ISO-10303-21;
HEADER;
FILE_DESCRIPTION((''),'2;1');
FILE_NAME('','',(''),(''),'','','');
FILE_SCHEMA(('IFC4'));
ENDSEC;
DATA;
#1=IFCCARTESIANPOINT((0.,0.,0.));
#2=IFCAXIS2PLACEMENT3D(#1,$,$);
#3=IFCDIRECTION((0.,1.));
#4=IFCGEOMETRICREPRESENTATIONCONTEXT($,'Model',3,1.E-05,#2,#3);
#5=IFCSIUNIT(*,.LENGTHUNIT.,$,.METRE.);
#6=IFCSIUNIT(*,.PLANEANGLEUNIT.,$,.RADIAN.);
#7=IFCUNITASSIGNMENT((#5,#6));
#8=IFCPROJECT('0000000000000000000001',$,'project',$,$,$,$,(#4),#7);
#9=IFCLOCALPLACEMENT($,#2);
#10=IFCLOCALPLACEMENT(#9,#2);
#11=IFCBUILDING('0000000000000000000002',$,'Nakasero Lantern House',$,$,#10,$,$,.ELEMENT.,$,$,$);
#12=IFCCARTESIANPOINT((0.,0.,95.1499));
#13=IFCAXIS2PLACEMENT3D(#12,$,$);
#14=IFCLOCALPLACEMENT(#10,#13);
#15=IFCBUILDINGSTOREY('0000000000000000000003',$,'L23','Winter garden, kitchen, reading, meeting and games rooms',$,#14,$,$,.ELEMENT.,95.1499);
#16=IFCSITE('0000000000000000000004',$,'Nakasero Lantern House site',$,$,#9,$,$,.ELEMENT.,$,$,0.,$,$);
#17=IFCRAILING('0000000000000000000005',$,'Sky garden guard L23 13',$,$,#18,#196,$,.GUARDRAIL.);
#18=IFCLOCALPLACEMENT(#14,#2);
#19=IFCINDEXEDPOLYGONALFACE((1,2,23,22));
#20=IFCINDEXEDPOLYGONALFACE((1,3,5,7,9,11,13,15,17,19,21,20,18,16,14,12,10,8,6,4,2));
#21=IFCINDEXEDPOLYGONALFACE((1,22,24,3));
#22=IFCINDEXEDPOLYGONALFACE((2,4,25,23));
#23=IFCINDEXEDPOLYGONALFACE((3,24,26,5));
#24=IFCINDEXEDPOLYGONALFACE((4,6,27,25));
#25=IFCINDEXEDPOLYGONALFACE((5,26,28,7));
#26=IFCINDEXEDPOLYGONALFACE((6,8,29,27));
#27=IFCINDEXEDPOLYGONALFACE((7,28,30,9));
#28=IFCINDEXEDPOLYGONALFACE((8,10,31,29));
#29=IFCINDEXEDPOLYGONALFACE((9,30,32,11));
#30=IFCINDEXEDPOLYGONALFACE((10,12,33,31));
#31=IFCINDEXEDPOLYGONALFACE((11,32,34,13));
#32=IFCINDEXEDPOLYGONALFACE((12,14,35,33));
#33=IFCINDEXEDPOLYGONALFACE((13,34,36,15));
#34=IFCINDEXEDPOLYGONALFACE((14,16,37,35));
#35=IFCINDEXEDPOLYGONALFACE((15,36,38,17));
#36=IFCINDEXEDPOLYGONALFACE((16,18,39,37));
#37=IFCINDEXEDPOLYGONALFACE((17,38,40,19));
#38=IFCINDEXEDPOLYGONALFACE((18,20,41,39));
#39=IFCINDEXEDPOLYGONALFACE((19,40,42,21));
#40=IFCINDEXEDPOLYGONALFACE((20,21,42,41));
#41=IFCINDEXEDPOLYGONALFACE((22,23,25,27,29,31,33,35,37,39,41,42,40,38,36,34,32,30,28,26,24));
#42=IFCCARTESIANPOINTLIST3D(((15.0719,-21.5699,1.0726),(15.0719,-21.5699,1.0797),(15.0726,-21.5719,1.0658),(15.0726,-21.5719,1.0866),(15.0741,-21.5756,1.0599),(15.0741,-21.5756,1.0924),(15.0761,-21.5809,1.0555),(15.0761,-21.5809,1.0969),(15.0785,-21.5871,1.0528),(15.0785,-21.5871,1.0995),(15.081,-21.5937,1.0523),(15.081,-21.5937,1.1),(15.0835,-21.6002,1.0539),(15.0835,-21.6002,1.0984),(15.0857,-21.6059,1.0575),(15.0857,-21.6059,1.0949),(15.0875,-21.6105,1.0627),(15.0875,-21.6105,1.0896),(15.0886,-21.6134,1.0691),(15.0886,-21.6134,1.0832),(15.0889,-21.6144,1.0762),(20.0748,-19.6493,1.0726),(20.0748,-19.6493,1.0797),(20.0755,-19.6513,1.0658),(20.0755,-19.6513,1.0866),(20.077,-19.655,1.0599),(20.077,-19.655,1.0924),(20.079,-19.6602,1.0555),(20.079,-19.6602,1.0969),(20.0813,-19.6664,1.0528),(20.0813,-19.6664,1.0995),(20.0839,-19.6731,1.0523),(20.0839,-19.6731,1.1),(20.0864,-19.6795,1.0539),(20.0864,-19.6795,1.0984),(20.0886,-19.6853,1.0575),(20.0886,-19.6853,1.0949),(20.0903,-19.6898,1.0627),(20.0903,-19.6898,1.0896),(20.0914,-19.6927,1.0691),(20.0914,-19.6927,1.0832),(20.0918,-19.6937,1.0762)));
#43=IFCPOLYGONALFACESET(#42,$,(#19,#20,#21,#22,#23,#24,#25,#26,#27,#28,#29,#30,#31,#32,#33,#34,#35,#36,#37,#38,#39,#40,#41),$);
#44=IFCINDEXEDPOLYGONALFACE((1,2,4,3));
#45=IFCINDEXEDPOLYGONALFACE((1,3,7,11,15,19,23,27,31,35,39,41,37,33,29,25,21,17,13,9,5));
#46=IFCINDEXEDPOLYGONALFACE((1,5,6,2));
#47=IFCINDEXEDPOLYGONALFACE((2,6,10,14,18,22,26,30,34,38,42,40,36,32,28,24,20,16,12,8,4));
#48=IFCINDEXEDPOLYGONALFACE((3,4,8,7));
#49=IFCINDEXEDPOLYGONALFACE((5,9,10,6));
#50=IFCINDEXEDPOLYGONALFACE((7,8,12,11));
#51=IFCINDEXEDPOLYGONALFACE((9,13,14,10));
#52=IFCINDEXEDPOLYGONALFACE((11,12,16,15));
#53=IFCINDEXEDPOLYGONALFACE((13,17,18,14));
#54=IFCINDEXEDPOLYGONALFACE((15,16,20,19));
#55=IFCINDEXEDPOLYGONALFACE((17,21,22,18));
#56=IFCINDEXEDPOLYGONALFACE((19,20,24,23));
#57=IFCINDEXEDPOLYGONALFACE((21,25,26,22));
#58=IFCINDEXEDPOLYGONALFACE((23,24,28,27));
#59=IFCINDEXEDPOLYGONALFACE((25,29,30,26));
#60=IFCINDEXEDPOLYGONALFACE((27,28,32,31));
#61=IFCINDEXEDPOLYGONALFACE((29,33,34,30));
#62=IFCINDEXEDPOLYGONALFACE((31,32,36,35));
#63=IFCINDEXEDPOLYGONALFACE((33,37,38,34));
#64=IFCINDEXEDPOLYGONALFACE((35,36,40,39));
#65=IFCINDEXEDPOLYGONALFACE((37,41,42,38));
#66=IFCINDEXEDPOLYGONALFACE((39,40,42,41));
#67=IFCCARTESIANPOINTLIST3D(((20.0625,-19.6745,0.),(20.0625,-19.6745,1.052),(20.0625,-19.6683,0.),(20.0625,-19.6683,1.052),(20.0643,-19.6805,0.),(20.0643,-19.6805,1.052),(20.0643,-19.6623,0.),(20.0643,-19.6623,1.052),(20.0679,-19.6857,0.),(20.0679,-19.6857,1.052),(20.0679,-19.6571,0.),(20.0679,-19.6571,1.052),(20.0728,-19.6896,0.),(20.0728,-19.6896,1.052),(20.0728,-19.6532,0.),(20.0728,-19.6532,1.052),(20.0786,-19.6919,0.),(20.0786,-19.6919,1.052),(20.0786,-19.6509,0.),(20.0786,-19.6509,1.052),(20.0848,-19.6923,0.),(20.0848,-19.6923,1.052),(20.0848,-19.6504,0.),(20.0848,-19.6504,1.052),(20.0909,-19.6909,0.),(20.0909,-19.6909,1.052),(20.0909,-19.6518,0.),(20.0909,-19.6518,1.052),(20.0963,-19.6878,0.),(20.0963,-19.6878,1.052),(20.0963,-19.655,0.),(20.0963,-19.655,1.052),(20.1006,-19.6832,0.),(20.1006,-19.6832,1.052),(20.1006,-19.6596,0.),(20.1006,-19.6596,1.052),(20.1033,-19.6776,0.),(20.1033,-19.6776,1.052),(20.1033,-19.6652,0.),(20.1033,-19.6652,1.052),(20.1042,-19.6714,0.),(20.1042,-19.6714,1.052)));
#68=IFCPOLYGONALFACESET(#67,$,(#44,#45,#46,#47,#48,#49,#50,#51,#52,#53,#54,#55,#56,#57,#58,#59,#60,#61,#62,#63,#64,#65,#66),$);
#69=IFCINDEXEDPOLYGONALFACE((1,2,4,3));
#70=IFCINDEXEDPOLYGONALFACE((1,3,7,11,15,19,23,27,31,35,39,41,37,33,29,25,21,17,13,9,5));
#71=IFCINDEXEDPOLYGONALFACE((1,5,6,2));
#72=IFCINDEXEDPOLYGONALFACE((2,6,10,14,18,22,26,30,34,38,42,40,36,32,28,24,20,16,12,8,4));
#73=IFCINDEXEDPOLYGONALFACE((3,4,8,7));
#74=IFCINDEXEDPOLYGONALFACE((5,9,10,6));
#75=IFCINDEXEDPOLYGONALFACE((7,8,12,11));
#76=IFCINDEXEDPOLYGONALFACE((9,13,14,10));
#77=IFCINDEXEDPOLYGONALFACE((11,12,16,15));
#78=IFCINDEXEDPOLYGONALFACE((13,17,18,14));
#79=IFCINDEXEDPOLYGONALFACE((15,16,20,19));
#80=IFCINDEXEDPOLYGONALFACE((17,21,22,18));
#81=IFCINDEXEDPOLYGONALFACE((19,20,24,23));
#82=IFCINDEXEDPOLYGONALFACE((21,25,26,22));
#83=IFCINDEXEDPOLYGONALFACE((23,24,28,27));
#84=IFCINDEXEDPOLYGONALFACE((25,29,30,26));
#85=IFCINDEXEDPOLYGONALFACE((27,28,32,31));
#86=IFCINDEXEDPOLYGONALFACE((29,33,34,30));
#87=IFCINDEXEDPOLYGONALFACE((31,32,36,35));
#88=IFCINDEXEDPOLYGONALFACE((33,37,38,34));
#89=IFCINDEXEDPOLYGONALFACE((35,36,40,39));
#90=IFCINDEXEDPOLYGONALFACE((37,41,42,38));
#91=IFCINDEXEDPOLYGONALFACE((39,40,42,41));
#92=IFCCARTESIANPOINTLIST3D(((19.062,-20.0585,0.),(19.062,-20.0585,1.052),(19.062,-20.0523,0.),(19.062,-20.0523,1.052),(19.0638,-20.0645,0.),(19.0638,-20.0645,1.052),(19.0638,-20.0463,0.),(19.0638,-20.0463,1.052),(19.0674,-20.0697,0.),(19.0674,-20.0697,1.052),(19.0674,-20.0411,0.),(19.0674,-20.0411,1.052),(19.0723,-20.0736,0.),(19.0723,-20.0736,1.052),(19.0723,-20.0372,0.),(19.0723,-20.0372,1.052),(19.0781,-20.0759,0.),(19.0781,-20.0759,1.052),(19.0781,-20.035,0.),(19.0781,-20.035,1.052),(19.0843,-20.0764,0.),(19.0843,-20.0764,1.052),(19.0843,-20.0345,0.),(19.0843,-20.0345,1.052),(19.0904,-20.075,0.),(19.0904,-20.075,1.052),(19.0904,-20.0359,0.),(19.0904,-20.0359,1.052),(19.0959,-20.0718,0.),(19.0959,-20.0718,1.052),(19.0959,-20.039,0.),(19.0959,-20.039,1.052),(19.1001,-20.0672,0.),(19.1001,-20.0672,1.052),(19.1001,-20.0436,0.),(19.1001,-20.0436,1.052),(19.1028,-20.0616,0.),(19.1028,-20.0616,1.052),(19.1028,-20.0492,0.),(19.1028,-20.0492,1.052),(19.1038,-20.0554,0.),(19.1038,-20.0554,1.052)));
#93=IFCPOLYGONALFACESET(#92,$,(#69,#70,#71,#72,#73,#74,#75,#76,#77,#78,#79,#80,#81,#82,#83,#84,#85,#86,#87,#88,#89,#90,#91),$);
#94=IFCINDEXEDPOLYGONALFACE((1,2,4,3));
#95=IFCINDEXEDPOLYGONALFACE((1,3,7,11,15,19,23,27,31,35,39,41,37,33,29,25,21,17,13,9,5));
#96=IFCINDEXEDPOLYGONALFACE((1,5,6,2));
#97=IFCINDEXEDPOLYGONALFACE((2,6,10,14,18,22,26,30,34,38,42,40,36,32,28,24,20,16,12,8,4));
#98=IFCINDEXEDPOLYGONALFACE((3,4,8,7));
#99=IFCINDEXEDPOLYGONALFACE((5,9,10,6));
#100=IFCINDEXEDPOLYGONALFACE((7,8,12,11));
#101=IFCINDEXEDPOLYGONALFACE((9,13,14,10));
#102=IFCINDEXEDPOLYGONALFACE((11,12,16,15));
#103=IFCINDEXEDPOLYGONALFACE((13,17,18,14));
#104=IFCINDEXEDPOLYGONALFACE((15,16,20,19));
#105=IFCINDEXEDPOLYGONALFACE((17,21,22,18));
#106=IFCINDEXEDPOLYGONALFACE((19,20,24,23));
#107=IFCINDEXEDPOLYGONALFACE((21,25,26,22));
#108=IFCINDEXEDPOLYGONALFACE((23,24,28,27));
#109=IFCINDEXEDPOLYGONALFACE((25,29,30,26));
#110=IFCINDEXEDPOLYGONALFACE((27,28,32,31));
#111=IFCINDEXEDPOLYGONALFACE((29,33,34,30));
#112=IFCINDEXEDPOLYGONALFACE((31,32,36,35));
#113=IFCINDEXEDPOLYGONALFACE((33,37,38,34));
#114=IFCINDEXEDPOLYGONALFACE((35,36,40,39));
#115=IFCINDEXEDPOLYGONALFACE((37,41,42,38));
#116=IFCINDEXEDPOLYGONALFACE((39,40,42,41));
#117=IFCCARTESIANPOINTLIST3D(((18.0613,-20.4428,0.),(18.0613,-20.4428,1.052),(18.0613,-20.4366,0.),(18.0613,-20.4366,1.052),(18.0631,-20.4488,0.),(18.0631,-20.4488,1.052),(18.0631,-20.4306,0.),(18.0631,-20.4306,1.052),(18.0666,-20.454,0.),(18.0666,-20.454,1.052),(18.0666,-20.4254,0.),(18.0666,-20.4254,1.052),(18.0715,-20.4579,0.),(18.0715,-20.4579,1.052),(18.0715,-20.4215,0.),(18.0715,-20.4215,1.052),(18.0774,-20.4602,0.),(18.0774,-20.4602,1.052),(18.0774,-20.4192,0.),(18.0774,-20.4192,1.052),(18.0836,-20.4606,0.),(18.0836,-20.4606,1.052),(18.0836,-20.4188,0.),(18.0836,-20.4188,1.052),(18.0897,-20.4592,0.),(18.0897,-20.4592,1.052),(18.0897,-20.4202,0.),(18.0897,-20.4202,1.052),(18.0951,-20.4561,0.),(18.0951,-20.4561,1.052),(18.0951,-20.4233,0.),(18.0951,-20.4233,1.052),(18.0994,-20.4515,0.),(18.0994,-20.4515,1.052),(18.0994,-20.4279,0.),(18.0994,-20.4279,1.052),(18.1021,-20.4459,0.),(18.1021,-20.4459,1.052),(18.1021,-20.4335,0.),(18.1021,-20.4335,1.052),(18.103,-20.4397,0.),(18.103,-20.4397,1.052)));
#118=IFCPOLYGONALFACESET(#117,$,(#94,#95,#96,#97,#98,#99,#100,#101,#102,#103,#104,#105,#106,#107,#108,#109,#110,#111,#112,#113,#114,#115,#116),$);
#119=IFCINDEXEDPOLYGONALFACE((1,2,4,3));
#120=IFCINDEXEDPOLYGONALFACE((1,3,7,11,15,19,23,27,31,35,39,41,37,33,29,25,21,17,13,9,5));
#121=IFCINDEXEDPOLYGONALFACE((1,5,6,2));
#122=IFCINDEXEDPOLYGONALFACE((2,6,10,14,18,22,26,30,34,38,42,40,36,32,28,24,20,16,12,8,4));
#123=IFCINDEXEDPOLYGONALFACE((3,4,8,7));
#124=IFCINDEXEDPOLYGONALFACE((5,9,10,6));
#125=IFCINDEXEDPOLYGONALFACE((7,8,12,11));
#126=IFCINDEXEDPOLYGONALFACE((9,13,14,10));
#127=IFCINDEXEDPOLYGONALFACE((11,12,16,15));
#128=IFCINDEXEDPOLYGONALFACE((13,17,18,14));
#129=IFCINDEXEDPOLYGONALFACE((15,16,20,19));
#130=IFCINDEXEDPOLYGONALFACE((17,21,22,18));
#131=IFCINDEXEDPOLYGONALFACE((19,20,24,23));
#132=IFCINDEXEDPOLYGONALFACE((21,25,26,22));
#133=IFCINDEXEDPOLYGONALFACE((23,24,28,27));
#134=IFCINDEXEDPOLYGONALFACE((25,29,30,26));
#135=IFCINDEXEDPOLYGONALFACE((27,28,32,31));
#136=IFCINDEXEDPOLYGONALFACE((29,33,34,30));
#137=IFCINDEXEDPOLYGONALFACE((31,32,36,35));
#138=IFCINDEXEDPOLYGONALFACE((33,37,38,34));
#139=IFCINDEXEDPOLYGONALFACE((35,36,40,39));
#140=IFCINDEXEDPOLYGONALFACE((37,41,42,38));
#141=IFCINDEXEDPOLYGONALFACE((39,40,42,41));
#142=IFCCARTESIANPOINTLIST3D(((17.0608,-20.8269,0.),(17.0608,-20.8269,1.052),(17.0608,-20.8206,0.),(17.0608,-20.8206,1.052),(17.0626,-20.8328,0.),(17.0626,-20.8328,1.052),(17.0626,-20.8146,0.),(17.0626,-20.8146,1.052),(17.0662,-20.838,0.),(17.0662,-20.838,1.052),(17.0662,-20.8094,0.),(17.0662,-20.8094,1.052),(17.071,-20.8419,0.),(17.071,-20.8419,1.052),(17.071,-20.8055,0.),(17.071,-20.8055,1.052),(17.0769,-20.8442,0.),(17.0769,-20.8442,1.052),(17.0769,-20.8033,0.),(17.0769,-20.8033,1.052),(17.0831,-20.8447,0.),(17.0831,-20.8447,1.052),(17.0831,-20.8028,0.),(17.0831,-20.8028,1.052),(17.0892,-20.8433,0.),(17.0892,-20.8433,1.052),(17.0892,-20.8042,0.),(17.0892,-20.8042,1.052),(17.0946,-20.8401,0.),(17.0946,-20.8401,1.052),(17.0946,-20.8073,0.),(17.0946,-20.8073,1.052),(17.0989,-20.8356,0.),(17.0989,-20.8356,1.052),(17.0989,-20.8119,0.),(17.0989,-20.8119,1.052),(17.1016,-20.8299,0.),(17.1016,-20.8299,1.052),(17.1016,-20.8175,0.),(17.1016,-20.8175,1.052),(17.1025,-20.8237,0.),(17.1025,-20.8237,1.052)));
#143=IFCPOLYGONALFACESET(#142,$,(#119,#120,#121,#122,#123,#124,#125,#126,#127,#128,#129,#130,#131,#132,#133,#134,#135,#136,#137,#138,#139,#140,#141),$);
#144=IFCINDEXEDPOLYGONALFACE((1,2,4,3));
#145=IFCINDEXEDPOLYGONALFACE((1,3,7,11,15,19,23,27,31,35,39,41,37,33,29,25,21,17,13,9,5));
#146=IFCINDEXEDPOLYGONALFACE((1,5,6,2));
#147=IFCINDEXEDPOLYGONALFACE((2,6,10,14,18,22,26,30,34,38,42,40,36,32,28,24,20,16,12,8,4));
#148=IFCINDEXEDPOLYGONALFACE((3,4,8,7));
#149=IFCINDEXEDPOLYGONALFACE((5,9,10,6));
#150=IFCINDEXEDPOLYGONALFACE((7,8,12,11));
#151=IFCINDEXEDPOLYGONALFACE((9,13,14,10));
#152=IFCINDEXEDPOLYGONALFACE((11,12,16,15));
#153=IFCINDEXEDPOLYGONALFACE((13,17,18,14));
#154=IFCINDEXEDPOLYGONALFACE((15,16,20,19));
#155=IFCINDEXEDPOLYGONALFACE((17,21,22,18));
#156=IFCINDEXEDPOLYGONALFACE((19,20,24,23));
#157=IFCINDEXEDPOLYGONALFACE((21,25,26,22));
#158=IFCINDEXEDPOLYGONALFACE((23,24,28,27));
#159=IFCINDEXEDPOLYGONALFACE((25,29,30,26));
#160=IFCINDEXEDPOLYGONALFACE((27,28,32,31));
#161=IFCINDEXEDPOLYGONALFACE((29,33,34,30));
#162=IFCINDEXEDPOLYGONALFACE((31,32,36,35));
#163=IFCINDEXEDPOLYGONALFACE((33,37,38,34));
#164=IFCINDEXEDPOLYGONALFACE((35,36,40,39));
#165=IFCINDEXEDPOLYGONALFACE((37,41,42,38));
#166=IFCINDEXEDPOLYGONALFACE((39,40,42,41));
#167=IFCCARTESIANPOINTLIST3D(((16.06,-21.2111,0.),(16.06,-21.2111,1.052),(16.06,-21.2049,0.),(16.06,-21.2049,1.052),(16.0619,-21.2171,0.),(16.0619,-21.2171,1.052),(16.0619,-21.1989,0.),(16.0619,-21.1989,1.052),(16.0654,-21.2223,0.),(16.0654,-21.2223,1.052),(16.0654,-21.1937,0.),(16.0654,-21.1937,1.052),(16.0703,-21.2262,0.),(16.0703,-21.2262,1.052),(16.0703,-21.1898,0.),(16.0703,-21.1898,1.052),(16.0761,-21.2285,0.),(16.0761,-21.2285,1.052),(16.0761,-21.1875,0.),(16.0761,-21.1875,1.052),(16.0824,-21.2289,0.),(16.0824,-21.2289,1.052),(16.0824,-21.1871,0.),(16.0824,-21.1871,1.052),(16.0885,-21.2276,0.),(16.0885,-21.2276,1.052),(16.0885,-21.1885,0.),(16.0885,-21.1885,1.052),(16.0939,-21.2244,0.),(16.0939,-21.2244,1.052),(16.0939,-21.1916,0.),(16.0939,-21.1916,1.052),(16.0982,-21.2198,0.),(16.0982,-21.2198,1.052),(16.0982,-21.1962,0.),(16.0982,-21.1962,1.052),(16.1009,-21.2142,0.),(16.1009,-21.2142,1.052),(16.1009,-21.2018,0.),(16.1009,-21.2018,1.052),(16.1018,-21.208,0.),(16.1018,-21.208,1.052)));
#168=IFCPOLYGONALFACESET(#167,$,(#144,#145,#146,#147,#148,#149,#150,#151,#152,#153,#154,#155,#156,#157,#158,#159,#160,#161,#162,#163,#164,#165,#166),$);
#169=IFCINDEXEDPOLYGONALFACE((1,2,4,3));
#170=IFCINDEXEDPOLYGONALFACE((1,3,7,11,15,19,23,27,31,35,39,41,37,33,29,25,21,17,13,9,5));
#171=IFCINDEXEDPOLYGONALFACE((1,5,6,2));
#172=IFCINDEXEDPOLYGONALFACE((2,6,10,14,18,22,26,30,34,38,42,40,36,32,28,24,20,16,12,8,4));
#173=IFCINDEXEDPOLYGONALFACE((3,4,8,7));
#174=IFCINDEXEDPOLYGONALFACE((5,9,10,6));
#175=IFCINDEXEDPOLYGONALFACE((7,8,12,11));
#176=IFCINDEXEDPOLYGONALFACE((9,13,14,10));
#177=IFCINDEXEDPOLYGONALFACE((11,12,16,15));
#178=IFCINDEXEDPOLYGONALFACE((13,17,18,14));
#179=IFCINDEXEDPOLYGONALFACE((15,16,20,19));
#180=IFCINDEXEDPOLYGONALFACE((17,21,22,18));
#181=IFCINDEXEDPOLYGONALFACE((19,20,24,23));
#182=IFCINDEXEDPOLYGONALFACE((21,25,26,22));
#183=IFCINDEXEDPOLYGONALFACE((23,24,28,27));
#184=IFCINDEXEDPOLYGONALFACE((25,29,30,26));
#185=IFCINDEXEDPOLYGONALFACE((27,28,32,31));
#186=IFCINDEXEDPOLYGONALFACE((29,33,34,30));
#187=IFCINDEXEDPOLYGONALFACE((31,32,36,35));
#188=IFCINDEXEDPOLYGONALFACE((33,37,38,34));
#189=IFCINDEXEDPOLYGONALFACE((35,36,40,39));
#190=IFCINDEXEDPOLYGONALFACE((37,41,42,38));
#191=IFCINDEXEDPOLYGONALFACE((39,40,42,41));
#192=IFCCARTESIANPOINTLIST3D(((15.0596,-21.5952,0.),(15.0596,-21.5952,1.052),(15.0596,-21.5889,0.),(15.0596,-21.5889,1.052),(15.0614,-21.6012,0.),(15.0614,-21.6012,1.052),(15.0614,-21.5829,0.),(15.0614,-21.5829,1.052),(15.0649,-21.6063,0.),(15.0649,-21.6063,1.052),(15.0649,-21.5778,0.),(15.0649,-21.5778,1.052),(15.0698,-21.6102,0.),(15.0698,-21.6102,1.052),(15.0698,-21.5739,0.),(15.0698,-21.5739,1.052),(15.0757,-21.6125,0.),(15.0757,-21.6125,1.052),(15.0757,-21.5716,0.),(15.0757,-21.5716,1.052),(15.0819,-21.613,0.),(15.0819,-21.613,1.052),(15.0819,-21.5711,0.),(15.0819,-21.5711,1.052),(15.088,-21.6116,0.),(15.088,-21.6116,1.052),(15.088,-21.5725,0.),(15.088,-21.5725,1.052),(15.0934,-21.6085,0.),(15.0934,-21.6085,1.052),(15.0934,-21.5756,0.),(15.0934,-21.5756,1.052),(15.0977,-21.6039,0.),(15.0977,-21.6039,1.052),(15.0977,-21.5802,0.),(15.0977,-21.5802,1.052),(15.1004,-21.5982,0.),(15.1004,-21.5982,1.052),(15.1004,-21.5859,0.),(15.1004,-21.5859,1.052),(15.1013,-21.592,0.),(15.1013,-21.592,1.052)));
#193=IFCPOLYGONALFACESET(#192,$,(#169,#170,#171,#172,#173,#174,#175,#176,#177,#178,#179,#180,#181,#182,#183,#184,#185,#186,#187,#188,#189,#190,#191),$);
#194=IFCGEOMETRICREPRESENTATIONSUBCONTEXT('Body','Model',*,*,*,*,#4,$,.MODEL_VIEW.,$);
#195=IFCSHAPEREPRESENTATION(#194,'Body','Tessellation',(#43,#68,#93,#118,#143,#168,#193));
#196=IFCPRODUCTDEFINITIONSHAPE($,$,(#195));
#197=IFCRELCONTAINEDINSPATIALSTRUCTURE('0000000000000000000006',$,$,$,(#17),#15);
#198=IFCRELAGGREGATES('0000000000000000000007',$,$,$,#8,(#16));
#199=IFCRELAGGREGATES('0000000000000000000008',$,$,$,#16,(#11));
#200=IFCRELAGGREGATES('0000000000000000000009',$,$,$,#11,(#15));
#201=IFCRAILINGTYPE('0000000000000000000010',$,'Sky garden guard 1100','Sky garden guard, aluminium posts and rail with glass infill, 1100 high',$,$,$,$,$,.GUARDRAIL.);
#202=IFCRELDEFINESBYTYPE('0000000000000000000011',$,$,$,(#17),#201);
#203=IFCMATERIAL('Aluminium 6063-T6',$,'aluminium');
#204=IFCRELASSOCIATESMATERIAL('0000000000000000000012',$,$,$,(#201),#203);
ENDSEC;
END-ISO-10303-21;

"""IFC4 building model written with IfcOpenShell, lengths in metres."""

from ifc_helpers import new_model, si_unit, direction, frame, origin, origin_2d, place, context, subcontext, project, spatial, circle, extrude, material, type_object, element, save


model = new_model("IFC4")

# Units and contexts
model_context = context("Model", 3, precision=1e-05, world=origin(), true_north=direction((0.0, 1.0)))
body_context = subcontext(model_context, "Body", "Model", "MODEL_VIEW")
ifc_project = project(units=[si_unit("LENGTHUNIT", "METRE"), si_unit("PLANEANGLEUNIT", "RADIAN")], contexts=[model_context])

# Site, building, storey
site_placement = place(None, origin())
site = spatial("IfcSite", under=ifc_project, at=site_placement, Name="Nakasero Lantern House site", CompositionType="ELEMENT", RefElevation=0.0)
building_placement = place(site_placement, origin())
building = spatial("IfcBuilding", under=site, at=building_placement, Name="Nakasero Lantern House", CompositionType="ELEMENT")
storey_placement = place(building_placement, frame((0.0, 0.0, 95.1499)))
storey = spatial("IfcBuildingStorey", under=building, at=storey_placement, Name="L23", Description="Winter garden, kitchen, reading, meeting and games rooms", CompositionType="ELEMENT", Elevation=95.1499)

# Railing
ifc_material_1 = material(Name="Aluminium 6063-T6", Category="aluminium")
railing_type = type_object("IfcRailingType", Name="Sky garden guard 1100", Description="Sky garden guard, aluminium posts and rail with glass infill, 1100 high", PredefinedType="GUARDRAIL", material=ifc_material_1)
railing_1_placement = place(storey_placement, frame((20.0833, -19.6714, 0.0)))
element("IfcRailing", 1, at=railing_1_placement, inside=storey, type_object=railing_type, Name="Sky garden guard L23 13", PredefinedType="GUARDRAIL", context=body_context, shape_type="SweptSolid", body=[
    extrude(circle(Radius=0.0239, at=origin_2d()), frame((0.0, 0.0, 1.0762), z_axis=(-0.933567, -0.358402, 0.0), x_axis=(0.358402, -0.933567, 0.0)), (0.0, 0.0, 1.0), 5.3589),
    extrude(circle(Radius=0.021, at=origin_2d()), origin(), (0.0, 0.0, 1.0), 1.052),
    extrude(circle(Radius=0.021, at=origin_2d()), frame((-1.0005, -0.384, 0.0)), (0.0, 0.0, 1.0), 1.052),
    extrude(circle(Radius=0.021, at=origin_2d()), frame((-2.0012, -0.7683, 0.0)), (0.0, 0.0, 1.0), 1.052),
    extrude(circle(Radius=0.021, at=origin_2d()), frame((-3.0017, -1.1523, 0.0)), (0.0, 0.0, 1.0), 1.052),
    extrude(circle(Radius=0.021, at=origin_2d()), frame((-4.0024, -1.5366, 0.0)), (0.0, 0.0, 1.0), 1.052),
    extrude(circle(Radius=0.021, at=origin_2d()), frame((-5.0029, -1.9207, 0.0)), (0.0, 0.0, 1.0), 1.052),
])

save(model, "model.ifc")
